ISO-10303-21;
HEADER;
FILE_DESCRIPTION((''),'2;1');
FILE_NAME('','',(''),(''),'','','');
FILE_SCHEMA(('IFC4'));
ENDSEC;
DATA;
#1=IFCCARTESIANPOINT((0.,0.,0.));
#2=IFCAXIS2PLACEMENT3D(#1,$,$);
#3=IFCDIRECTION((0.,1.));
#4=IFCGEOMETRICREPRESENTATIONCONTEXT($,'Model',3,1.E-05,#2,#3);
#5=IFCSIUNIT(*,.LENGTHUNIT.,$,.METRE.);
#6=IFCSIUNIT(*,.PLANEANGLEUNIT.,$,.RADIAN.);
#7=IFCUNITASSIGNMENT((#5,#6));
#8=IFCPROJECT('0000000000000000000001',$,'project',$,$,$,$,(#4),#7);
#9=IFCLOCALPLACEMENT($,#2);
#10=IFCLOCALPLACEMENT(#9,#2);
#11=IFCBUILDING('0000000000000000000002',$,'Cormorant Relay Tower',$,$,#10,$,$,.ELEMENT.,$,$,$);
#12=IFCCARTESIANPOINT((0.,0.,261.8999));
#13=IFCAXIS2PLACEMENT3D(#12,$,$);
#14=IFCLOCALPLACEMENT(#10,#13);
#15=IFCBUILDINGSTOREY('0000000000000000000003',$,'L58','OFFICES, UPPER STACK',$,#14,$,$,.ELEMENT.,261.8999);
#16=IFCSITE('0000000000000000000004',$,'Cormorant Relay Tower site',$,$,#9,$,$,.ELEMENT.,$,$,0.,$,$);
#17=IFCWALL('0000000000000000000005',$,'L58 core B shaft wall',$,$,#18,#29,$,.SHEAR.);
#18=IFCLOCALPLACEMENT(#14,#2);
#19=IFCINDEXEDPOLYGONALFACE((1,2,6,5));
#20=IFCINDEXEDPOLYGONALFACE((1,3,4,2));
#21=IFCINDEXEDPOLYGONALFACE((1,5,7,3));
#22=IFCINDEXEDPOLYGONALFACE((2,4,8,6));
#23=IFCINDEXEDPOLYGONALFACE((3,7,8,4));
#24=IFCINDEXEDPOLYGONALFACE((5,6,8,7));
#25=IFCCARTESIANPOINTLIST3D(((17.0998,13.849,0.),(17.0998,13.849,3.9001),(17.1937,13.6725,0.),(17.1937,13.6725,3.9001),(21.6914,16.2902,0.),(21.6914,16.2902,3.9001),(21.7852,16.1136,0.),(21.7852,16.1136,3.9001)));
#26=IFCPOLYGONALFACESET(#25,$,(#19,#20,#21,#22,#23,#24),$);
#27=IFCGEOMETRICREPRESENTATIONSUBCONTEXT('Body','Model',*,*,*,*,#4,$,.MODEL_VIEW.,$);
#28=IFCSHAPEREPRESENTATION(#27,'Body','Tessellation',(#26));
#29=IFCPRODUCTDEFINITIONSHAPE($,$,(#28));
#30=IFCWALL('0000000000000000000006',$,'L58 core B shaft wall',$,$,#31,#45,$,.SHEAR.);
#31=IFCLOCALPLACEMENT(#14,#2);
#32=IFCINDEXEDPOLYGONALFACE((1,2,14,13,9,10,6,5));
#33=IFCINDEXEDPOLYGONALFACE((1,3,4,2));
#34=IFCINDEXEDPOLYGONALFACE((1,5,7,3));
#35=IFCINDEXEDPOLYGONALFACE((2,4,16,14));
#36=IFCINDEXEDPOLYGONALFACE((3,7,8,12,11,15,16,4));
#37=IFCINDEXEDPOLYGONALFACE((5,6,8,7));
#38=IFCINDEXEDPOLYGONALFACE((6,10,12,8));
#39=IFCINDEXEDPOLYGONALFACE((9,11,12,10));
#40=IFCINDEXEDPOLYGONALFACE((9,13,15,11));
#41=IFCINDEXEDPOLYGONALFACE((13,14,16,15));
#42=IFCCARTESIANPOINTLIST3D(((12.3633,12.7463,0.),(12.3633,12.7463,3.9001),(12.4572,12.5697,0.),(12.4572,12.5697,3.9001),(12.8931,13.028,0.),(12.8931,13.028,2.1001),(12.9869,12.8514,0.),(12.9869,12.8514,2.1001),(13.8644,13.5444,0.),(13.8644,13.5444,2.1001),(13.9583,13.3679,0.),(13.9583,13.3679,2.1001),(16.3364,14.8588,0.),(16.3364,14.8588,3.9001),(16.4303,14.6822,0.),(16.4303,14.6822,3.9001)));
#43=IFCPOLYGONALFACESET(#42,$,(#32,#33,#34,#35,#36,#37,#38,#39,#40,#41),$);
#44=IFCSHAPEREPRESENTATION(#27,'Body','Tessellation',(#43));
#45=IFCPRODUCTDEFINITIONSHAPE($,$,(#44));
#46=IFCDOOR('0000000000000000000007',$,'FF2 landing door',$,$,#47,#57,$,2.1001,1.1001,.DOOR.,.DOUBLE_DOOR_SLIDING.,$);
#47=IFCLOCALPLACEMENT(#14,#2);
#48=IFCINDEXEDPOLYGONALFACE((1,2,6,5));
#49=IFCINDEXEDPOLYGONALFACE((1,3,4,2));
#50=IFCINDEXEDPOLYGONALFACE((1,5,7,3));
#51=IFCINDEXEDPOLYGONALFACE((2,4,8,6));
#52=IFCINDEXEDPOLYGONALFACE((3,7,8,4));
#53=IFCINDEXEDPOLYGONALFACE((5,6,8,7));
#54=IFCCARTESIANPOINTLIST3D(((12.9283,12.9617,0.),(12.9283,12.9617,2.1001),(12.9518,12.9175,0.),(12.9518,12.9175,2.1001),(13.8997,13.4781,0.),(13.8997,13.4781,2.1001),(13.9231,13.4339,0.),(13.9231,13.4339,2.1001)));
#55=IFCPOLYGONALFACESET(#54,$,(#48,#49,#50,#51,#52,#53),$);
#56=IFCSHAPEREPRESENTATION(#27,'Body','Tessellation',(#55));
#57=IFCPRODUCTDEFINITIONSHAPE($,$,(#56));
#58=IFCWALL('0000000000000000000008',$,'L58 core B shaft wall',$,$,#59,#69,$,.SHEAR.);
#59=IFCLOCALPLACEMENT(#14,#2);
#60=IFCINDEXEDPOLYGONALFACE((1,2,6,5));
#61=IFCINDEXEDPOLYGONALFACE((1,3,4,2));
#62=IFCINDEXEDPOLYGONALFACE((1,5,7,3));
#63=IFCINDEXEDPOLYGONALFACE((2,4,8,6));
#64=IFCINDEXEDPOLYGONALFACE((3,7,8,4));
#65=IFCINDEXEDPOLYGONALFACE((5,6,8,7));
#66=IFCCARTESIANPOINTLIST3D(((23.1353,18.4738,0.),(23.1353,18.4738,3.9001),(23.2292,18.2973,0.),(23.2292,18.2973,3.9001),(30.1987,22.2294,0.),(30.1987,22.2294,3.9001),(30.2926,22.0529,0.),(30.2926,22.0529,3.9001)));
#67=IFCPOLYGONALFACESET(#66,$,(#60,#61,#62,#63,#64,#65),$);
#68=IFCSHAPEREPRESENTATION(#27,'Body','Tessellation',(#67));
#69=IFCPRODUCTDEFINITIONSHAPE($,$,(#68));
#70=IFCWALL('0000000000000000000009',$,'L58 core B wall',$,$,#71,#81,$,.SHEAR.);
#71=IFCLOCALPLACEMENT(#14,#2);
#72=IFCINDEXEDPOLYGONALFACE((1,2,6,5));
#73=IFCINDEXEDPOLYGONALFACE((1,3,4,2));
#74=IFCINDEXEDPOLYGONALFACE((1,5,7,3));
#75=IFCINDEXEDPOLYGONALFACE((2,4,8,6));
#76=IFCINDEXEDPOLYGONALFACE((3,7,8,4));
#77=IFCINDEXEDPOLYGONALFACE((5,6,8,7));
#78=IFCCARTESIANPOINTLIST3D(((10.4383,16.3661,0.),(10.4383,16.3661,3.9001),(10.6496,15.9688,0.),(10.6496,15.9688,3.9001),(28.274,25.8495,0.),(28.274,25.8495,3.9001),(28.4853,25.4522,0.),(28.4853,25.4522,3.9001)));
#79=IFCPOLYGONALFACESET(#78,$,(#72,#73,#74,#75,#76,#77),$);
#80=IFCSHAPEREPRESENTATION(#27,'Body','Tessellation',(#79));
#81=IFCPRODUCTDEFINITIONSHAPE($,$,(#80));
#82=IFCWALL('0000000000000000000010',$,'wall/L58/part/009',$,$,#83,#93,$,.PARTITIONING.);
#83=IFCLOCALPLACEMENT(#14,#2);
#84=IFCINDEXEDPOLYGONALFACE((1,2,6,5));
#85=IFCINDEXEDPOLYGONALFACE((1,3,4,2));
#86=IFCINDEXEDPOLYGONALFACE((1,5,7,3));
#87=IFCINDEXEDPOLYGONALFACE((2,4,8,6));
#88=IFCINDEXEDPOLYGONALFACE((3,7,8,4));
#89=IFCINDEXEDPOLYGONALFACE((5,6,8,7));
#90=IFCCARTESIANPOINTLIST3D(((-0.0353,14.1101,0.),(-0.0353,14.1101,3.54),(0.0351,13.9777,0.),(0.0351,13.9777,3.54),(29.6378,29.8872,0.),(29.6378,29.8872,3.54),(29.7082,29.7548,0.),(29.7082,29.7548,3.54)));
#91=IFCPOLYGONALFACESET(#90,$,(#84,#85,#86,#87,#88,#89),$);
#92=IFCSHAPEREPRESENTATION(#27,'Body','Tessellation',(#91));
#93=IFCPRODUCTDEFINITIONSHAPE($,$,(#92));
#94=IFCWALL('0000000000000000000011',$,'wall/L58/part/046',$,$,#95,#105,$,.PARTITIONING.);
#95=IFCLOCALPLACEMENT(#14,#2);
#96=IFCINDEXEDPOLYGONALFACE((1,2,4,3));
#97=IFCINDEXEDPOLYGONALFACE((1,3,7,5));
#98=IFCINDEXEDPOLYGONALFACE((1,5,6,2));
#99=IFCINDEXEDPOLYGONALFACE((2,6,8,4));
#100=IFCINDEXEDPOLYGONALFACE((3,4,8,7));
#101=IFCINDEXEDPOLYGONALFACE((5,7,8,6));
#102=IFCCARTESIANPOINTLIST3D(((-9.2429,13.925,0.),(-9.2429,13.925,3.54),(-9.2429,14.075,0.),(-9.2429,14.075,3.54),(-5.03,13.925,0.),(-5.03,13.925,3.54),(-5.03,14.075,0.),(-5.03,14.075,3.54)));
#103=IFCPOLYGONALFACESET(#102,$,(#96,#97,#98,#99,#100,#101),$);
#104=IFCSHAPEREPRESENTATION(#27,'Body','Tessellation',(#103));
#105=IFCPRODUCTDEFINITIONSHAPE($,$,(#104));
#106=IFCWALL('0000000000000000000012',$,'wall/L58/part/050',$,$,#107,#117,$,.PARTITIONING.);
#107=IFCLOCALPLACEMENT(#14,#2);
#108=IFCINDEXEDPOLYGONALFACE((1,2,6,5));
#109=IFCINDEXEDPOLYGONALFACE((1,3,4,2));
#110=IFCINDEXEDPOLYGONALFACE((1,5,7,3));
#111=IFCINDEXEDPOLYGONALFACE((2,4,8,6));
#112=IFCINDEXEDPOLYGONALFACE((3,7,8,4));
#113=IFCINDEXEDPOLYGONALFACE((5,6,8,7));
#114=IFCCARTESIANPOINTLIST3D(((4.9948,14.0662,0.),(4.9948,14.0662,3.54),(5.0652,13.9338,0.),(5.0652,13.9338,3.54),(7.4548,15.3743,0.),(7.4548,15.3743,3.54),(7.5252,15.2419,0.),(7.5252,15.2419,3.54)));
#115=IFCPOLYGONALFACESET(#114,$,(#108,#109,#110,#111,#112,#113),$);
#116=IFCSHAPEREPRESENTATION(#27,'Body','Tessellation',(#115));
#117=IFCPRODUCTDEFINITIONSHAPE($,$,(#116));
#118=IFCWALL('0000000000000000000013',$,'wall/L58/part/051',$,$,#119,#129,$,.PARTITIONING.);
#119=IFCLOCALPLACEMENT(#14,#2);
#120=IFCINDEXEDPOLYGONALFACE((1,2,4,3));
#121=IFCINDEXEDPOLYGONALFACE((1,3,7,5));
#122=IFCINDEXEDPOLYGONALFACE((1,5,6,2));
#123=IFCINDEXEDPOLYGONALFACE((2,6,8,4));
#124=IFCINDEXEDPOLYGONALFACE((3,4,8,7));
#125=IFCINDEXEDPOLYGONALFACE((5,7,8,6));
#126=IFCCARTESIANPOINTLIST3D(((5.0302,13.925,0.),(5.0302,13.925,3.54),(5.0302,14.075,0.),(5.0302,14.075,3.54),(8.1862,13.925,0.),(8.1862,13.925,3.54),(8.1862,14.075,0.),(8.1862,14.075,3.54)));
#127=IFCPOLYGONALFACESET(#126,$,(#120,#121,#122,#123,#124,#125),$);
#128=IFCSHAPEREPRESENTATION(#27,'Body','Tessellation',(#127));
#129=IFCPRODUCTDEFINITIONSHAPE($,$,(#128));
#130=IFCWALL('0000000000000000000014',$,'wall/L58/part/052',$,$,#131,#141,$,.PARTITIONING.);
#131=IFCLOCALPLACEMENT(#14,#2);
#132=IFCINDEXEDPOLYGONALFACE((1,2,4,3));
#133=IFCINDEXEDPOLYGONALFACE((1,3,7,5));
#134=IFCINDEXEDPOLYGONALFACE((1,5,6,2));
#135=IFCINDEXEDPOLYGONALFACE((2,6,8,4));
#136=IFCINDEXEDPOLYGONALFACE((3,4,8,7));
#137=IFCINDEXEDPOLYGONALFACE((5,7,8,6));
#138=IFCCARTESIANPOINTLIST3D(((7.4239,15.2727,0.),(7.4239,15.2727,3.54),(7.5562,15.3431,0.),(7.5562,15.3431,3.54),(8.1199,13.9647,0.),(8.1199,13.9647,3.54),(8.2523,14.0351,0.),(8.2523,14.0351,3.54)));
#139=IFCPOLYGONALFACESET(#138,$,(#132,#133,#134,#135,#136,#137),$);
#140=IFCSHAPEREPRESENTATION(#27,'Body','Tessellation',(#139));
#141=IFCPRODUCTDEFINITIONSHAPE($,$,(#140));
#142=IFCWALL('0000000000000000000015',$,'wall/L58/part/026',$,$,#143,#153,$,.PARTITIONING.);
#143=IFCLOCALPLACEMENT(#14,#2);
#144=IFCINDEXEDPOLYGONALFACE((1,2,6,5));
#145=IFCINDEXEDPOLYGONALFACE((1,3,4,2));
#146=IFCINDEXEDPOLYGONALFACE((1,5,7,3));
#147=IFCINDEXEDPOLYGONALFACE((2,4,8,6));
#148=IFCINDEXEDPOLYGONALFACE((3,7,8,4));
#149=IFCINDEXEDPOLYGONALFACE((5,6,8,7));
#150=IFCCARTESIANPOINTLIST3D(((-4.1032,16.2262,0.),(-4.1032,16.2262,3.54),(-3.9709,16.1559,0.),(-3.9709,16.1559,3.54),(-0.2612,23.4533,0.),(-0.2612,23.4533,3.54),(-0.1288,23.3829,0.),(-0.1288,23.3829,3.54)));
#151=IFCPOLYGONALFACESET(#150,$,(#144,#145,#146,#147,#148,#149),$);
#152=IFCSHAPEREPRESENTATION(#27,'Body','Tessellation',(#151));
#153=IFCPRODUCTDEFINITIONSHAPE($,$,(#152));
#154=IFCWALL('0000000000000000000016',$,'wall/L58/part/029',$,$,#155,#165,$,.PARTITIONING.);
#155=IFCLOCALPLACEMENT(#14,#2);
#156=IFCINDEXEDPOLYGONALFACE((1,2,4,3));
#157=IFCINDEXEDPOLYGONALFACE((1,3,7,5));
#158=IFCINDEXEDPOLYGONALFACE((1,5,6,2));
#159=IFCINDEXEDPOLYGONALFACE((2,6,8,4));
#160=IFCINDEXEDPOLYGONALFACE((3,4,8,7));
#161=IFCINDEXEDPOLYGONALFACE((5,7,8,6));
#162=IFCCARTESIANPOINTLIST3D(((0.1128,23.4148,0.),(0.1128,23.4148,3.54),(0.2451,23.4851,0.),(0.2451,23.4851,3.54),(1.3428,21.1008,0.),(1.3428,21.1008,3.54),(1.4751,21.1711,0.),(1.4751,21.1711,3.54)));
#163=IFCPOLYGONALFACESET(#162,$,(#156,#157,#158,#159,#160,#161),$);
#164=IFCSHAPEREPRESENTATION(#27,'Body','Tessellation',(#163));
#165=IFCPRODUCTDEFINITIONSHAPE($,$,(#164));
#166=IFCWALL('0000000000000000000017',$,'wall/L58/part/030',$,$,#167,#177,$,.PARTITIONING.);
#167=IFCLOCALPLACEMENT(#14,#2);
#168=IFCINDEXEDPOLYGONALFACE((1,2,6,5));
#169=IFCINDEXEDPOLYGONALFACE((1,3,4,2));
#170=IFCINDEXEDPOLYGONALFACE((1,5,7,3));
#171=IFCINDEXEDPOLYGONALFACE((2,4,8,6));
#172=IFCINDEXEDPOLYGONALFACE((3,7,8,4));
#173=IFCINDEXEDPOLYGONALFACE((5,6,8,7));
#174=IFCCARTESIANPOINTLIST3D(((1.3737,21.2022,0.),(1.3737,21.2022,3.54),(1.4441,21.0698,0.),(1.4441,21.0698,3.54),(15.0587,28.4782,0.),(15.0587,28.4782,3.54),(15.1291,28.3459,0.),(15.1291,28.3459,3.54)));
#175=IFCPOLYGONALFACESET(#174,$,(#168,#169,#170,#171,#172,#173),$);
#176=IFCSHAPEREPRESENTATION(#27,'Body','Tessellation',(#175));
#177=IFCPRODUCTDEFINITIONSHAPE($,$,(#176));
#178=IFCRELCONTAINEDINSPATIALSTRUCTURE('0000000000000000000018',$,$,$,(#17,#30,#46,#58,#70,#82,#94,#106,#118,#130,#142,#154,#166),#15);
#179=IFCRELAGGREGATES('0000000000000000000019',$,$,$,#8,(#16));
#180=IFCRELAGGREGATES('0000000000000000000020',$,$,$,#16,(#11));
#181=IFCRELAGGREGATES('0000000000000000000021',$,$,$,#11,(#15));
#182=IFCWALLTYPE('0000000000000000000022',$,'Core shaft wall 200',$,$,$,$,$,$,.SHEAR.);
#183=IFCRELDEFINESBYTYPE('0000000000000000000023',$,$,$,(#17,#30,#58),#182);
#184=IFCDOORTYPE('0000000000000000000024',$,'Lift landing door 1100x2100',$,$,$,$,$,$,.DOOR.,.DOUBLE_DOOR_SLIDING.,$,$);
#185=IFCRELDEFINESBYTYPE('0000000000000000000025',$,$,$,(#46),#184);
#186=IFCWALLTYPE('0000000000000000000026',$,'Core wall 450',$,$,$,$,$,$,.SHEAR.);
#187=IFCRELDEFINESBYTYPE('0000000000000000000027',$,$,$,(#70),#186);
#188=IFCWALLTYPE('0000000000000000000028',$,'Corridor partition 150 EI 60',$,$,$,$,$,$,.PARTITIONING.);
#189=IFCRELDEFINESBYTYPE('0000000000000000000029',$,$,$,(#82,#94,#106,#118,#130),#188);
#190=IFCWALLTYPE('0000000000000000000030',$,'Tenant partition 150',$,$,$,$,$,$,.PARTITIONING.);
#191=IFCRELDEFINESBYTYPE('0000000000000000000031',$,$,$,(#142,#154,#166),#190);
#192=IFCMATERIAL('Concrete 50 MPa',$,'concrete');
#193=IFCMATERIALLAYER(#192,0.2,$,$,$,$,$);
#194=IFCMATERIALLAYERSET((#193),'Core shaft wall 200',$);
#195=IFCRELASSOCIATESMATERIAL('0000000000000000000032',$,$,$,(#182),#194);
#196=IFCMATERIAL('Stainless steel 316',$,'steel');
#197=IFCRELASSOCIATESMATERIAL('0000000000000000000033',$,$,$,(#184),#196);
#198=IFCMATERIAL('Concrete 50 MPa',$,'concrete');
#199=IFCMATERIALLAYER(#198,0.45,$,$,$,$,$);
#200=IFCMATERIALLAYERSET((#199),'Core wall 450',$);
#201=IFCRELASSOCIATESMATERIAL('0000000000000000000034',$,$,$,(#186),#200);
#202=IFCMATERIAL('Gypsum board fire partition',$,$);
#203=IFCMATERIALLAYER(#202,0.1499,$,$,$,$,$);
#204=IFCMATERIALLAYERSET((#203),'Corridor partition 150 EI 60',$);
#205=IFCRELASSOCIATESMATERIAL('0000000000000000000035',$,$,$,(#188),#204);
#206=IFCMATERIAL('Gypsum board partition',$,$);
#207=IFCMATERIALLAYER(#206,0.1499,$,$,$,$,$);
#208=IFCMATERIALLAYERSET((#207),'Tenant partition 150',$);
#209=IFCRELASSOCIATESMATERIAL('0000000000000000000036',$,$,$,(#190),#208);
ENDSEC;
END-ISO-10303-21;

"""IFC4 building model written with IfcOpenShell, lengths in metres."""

from ifc_helpers import new_model, si_unit, direction, frame, frame_2d, origin, place, context, subcontext, project, spatial, rectangle, extrude, material, layer, layer_set, type_object, element, fill, save


model = new_model("IFC4")

# Units and contexts
model_context = context("Model", 3, precision=1e-05, world=origin(), true_north=direction((0.0, 1.0)))
body_context = subcontext(model_context, "Body", "Model", "MODEL_VIEW")
ifc_project = project(units=[si_unit("LENGTHUNIT", "METRE"), si_unit("PLANEANGLEUNIT", "RADIAN")], contexts=[model_context])

# Site, building, storey
site_placement = place(None, origin())
site = spatial("IfcSite", under=ifc_project, at=site_placement, Name="Cormorant Relay Tower site", CompositionType="ELEMENT", RefElevation=0.0)
building_placement = place(site_placement, origin())
building = spatial("IfcBuilding", under=site, at=building_placement, Name="Cormorant Relay Tower", CompositionType="ELEMENT")
storey_placement = place(building_placement, frame((0.0, 0.0, 261.8999)))
storey = spatial("IfcBuildingStorey", under=building, at=storey_placement, Name="L58", Description="OFFICES, UPPER STACK", CompositionType="ELEMENT", Elevation=261.8999)

# Shared definitions
ifc_material_1 = material(Name="Concrete 50 MPa", Category="concrete")
ifc_layer_1 = layer(ifc_material_1, 0.2)
ifc_layer_set_1 = layer_set([ifc_layer_1], Name="Core shaft wall 200")
wall_type_1 = type_object("IfcWallType", Name="Core shaft wall 200", PredefinedType="SHEAR", material=ifc_layer_set_1)

# Wall
wall_1_placement = place(storey_placement, frame((17.1467, 13.7607, 0.0), z_axis=(0.0, 0.0, 1.0), x_axis=(0.882964, 0.46944, 0.0)))
element("IfcWall", 1, at=wall_1_placement, inside=storey, type_object=wall_type_1, Name="L58 core B shaft wall", PredefinedType="SHEAR", context=body_context, shape_type="SweptSolid", body=[
    extrude(rectangle(XDim=5.2002, YDim=0.2, at=frame_2d((2.6001, 0.0))), origin(), (0.0, 0.0, 1.0), 3.9001),
])

# Wall, opening, door
wall_2_placement = place(storey_placement, frame((12.4102, 12.658, 0.0), z_axis=(0.0, 0.0, 1.0), x_axis=(0.882948, 0.46947, 0.0)))
wall_2 = element("IfcWall", 2, at=wall_2_placement, inside=storey, type_object=wall_type_1, Name="L58 core B shaft wall", PredefinedType="SHEAR", context=body_context, shape_type="SweptSolid", body=[
    extrude(rectangle(XDim=4.4998, YDim=0.2, at=frame_2d((2.25, 0.0))), origin(), (0.0, 0.0, 1.0), 3.9001),
])
opening_1_placement = place(wall_2_placement, frame((0.6001, 0.0, 0.0)))
opening_1 = element("IfcOpeningElement", 3, at=opening_1_placement, cuts=wall_2, PredefinedType="OPENING", context=body_context, shape_type="SweptSolid", body=[
    extrude(rectangle(XDim=1.1001, YDim=2.1001, at=frame_2d((0.55, 1.05))), frame((0.0, 0.1099, 0.0), z_axis=(0.0, -1.0, 0.0), x_axis=(1.0, 0.0, 0.0)), (0.0, 0.0, 1.0), 0.22),
])
ifc_material_2 = material(Name="Stainless steel 316", Category="steel")
door_type_1 = type_object("IfcDoorType", Name="Lift landing door 1100x2100", OperationType="DOUBLE_DOOR_SLIDING", PredefinedType="DOOR", material=ifc_material_2)
door_1_placement = place(opening_1_placement, origin())
door_1 = element("IfcDoor", 4, at=door_1_placement, inside=storey, type_object=door_type_1, Name="FF2 landing door", OperationType="DOUBLE_DOOR_SLIDING", OverallHeight=2.1001, OverallWidth=1.1001, PredefinedType="DOOR", context=body_context, shape_type="SweptSolid", body=[
    extrude(rectangle(XDim=1.1001, YDim=2.1001, at=frame_2d((0.55, 1.05))), frame((0.0, 0.0249, 0.0), z_axis=(0.0, -1.0, 0.0), x_axis=(1.0, 0.0, 0.0)), (0.0, 0.0, 1.0), 0.05),
])
fill(opening_1, door_1)

# Walls
wall_3_placement = place(storey_placement, frame((23.1821, 18.3855, 0.0), z_axis=(0.0, 0.0, 1.0), x_axis=(0.882953, 0.469462, 0.0)))
element("IfcWall", 5, at=wall_3_placement, inside=storey, type_object=wall_type_1, Name="L58 core B shaft wall", PredefinedType="SHEAR", context=body_context, shape_type="SweptSolid", body=[
    extrude(rectangle(XDim=7.9998, YDim=0.2, at=frame_2d((4.0, 0.0))), origin(), (0.0, 0.0, 1.0), 3.9001),
])
ifc_material_3 = material(Name="Concrete 50 MPa", Category="concrete")
ifc_layer_2 = layer(ifc_material_3, 0.45)
ifc_layer_set_2 = layer_set([ifc_layer_2], Name="Core wall 450")
wall_type_2 = type_object("IfcWallType", Name="Core wall 450", PredefinedType="SHEAR", material=ifc_layer_set_2)
wall_4_placement = place(storey_placement, frame((10.5439, 16.1675, 0.0), z_axis=(0.0, 0.0, 1.0), x_axis=(0.882948, 0.469471, 0.0)))
element("IfcWall", 6, at=wall_4_placement, inside=storey, type_object=wall_type_2, Name="L58 core B wall", PredefinedType="SHEAR", context=body_context, shape_type="SweptSolid", body=[
    extrude(rectangle(XDim=20.2002, YDim=0.45, at=frame_2d((10.1001, 0.0))), origin(), (0.0, 0.0, 1.0), 3.9001),
])
ifc_material_4 = material(Name="Gypsum board fire partition")
ifc_layer_3 = layer(ifc_material_4, 0.1499)
ifc_layer_set_3 = layer_set([ifc_layer_3], Name="Corridor partition 150 EI 60")
wall_type_3 = type_object("IfcWallType", Name="Corridor partition 150 EI 60", PredefinedType="PARTITIONING", material=ifc_layer_set_3)
wall_5_placement = place(storey_placement, frame((0.0, 14.0439, 0.0), z_axis=(0.0, 0.0, 1.0), x_axis=(0.882952, 0.469463, 0.0)))
element("IfcWall", 7, at=wall_5_placement, inside=storey, type_object=wall_type_3, Name="wall/L58/part/009", PredefinedType="PARTITIONING", context=body_context, shape_type="SweptSolid", body=[
    extrude(rectangle(XDim=33.6067, YDim=0.1499, at=frame_2d((16.8032, 0.0))), origin(), (0.0, 0.0, 1.0), 3.54),
])
wall_6_placement = place(storey_placement, frame((-5.03, 14.0, 0.0), z_axis=(0.0, 0.0, 1.0), x_axis=(-1.0, 0.0, 0.0)))
element("IfcWall", 8, at=wall_6_placement, inside=storey, type_object=wall_type_3, Name="wall/L58/part/046", PredefinedType="PARTITIONING", context=body_context, shape_type="SweptSolid", body=[
    extrude(rectangle(XDim=4.2129, YDim=0.1499, at=frame_2d((2.1064, 0.0))), origin(), (0.0, 0.0, 1.0), 3.54),
])
wall_7_placement = place(storey_placement, frame((7.49, 15.3081, 0.0), z_axis=(0.0, 0.0, 1.0), x_axis=(-0.88293, -0.469505, 0.0)))
element("IfcWall", 9, at=wall_7_placement, inside=storey, type_object=wall_type_3, Name="wall/L58/part/050", PredefinedType="PARTITIONING", context=body_context, shape_type="SweptSolid", body=[
    extrude(rectangle(XDim=2.7861, YDim=0.1499, at=frame_2d((1.3931, 0.0))), origin(), (0.0, 0.0, 1.0), 3.54),
])
wall_8_placement = place(storey_placement, frame((5.03, 14.0, 0.0), z_axis=(0.0, 0.0, 1.0), x_axis=(1.0, 0.0, 0.0)))
element("IfcWall", 10, at=wall_8_placement, inside=storey, type_object=wall_type_3, Name="wall/L58/part/051", PredefinedType="PARTITIONING", context=body_context, shape_type="SweptSolid", body=[
    extrude(rectangle(XDim=3.156, YDim=0.1499, at=frame_2d((1.5781, 0.0))), origin(), (0.0, 0.0, 1.0), 3.54),
])
wall_9_placement = place(storey_placement, frame((8.186, 14.0, 0.0), z_axis=(0.0, 0.0, 1.0), x_axis=(-0.469741, 0.882804, 0.0)))
element("IfcWall", 11, at=wall_9_placement, inside=storey, type_object=wall_type_3, Name="wall/L58/part/052", PredefinedType="PARTITIONING", context=body_context, shape_type="SweptSolid", body=[
    extrude(rectangle(XDim=1.4817, YDim=0.1499, at=frame_2d((0.7407, 0.0))), origin(), (0.0, 0.0, 1.0), 3.54),
])
ifc_material_5 = material(Name="Gypsum board partition")
ifc_layer_4 = layer(ifc_material_5, 0.1499)
ifc_layer_set_4 = layer_set([ifc_layer_4], Name="Tenant partition 150")
wall_type_4 = type_object("IfcWallType", Name="Tenant partition 150", PredefinedType="PARTITIONING", material=ifc_layer_set_4)
wall_10_placement = place(storey_placement, frame((-0.1951, 23.418, 0.0), z_axis=(0.0, 0.0, 1.0), x_axis=(-0.46941, -0.882981, 0.0)))
element("IfcWall", 12, at=wall_10_placement, inside=storey, type_object=wall_type_4, Name="wall/L58/part/026", PredefinedType="PARTITIONING", context=body_context, shape_type="SweptSolid", body=[
    extrude(rectangle(XDim=8.1848, YDim=0.1499, at=frame_2d((4.0923, 0.0))), origin(), (0.0, 0.0, 1.0), 3.54),
])
wall_11_placement = place(storey_placement, frame((0.179, 23.45, 0.0), z_axis=(0.0, 0.0, 1.0), x_axis=(0.46936, -0.883007, 0.0)))
element("IfcWall", 13, at=wall_11_placement, inside=storey, type_object=wall_type_4, Name="wall/L58/part/029", PredefinedType="PARTITIONING", context=body_context, shape_type="SweptSolid", body=[
    extrude(rectangle(XDim=2.6206, YDim=0.1499, at=frame_2d((1.3103, 0.0))), origin(), (0.0, 0.0, 1.0), 3.54),
])
wall_12_placement = place(storey_placement, frame((1.4089, 21.136, 0.0), z_axis=(0.0, 0.0, 1.0), x_axis=(0.882957, 0.469454, 0.0)))
element("IfcWall", 14, at=wall_12_placement, inside=storey, type_object=wall_type_4, Name="wall/L58/part/030", PredefinedType="PARTITIONING", context=body_context, shape_type="SweptSolid", body=[
    extrude(rectangle(XDim=15.499, YDim=0.1499, at=frame_2d((7.7495, 0.0))), origin(), (0.0, 0.0, 1.0), 3.54),
])

save(model, "model.ifc")
